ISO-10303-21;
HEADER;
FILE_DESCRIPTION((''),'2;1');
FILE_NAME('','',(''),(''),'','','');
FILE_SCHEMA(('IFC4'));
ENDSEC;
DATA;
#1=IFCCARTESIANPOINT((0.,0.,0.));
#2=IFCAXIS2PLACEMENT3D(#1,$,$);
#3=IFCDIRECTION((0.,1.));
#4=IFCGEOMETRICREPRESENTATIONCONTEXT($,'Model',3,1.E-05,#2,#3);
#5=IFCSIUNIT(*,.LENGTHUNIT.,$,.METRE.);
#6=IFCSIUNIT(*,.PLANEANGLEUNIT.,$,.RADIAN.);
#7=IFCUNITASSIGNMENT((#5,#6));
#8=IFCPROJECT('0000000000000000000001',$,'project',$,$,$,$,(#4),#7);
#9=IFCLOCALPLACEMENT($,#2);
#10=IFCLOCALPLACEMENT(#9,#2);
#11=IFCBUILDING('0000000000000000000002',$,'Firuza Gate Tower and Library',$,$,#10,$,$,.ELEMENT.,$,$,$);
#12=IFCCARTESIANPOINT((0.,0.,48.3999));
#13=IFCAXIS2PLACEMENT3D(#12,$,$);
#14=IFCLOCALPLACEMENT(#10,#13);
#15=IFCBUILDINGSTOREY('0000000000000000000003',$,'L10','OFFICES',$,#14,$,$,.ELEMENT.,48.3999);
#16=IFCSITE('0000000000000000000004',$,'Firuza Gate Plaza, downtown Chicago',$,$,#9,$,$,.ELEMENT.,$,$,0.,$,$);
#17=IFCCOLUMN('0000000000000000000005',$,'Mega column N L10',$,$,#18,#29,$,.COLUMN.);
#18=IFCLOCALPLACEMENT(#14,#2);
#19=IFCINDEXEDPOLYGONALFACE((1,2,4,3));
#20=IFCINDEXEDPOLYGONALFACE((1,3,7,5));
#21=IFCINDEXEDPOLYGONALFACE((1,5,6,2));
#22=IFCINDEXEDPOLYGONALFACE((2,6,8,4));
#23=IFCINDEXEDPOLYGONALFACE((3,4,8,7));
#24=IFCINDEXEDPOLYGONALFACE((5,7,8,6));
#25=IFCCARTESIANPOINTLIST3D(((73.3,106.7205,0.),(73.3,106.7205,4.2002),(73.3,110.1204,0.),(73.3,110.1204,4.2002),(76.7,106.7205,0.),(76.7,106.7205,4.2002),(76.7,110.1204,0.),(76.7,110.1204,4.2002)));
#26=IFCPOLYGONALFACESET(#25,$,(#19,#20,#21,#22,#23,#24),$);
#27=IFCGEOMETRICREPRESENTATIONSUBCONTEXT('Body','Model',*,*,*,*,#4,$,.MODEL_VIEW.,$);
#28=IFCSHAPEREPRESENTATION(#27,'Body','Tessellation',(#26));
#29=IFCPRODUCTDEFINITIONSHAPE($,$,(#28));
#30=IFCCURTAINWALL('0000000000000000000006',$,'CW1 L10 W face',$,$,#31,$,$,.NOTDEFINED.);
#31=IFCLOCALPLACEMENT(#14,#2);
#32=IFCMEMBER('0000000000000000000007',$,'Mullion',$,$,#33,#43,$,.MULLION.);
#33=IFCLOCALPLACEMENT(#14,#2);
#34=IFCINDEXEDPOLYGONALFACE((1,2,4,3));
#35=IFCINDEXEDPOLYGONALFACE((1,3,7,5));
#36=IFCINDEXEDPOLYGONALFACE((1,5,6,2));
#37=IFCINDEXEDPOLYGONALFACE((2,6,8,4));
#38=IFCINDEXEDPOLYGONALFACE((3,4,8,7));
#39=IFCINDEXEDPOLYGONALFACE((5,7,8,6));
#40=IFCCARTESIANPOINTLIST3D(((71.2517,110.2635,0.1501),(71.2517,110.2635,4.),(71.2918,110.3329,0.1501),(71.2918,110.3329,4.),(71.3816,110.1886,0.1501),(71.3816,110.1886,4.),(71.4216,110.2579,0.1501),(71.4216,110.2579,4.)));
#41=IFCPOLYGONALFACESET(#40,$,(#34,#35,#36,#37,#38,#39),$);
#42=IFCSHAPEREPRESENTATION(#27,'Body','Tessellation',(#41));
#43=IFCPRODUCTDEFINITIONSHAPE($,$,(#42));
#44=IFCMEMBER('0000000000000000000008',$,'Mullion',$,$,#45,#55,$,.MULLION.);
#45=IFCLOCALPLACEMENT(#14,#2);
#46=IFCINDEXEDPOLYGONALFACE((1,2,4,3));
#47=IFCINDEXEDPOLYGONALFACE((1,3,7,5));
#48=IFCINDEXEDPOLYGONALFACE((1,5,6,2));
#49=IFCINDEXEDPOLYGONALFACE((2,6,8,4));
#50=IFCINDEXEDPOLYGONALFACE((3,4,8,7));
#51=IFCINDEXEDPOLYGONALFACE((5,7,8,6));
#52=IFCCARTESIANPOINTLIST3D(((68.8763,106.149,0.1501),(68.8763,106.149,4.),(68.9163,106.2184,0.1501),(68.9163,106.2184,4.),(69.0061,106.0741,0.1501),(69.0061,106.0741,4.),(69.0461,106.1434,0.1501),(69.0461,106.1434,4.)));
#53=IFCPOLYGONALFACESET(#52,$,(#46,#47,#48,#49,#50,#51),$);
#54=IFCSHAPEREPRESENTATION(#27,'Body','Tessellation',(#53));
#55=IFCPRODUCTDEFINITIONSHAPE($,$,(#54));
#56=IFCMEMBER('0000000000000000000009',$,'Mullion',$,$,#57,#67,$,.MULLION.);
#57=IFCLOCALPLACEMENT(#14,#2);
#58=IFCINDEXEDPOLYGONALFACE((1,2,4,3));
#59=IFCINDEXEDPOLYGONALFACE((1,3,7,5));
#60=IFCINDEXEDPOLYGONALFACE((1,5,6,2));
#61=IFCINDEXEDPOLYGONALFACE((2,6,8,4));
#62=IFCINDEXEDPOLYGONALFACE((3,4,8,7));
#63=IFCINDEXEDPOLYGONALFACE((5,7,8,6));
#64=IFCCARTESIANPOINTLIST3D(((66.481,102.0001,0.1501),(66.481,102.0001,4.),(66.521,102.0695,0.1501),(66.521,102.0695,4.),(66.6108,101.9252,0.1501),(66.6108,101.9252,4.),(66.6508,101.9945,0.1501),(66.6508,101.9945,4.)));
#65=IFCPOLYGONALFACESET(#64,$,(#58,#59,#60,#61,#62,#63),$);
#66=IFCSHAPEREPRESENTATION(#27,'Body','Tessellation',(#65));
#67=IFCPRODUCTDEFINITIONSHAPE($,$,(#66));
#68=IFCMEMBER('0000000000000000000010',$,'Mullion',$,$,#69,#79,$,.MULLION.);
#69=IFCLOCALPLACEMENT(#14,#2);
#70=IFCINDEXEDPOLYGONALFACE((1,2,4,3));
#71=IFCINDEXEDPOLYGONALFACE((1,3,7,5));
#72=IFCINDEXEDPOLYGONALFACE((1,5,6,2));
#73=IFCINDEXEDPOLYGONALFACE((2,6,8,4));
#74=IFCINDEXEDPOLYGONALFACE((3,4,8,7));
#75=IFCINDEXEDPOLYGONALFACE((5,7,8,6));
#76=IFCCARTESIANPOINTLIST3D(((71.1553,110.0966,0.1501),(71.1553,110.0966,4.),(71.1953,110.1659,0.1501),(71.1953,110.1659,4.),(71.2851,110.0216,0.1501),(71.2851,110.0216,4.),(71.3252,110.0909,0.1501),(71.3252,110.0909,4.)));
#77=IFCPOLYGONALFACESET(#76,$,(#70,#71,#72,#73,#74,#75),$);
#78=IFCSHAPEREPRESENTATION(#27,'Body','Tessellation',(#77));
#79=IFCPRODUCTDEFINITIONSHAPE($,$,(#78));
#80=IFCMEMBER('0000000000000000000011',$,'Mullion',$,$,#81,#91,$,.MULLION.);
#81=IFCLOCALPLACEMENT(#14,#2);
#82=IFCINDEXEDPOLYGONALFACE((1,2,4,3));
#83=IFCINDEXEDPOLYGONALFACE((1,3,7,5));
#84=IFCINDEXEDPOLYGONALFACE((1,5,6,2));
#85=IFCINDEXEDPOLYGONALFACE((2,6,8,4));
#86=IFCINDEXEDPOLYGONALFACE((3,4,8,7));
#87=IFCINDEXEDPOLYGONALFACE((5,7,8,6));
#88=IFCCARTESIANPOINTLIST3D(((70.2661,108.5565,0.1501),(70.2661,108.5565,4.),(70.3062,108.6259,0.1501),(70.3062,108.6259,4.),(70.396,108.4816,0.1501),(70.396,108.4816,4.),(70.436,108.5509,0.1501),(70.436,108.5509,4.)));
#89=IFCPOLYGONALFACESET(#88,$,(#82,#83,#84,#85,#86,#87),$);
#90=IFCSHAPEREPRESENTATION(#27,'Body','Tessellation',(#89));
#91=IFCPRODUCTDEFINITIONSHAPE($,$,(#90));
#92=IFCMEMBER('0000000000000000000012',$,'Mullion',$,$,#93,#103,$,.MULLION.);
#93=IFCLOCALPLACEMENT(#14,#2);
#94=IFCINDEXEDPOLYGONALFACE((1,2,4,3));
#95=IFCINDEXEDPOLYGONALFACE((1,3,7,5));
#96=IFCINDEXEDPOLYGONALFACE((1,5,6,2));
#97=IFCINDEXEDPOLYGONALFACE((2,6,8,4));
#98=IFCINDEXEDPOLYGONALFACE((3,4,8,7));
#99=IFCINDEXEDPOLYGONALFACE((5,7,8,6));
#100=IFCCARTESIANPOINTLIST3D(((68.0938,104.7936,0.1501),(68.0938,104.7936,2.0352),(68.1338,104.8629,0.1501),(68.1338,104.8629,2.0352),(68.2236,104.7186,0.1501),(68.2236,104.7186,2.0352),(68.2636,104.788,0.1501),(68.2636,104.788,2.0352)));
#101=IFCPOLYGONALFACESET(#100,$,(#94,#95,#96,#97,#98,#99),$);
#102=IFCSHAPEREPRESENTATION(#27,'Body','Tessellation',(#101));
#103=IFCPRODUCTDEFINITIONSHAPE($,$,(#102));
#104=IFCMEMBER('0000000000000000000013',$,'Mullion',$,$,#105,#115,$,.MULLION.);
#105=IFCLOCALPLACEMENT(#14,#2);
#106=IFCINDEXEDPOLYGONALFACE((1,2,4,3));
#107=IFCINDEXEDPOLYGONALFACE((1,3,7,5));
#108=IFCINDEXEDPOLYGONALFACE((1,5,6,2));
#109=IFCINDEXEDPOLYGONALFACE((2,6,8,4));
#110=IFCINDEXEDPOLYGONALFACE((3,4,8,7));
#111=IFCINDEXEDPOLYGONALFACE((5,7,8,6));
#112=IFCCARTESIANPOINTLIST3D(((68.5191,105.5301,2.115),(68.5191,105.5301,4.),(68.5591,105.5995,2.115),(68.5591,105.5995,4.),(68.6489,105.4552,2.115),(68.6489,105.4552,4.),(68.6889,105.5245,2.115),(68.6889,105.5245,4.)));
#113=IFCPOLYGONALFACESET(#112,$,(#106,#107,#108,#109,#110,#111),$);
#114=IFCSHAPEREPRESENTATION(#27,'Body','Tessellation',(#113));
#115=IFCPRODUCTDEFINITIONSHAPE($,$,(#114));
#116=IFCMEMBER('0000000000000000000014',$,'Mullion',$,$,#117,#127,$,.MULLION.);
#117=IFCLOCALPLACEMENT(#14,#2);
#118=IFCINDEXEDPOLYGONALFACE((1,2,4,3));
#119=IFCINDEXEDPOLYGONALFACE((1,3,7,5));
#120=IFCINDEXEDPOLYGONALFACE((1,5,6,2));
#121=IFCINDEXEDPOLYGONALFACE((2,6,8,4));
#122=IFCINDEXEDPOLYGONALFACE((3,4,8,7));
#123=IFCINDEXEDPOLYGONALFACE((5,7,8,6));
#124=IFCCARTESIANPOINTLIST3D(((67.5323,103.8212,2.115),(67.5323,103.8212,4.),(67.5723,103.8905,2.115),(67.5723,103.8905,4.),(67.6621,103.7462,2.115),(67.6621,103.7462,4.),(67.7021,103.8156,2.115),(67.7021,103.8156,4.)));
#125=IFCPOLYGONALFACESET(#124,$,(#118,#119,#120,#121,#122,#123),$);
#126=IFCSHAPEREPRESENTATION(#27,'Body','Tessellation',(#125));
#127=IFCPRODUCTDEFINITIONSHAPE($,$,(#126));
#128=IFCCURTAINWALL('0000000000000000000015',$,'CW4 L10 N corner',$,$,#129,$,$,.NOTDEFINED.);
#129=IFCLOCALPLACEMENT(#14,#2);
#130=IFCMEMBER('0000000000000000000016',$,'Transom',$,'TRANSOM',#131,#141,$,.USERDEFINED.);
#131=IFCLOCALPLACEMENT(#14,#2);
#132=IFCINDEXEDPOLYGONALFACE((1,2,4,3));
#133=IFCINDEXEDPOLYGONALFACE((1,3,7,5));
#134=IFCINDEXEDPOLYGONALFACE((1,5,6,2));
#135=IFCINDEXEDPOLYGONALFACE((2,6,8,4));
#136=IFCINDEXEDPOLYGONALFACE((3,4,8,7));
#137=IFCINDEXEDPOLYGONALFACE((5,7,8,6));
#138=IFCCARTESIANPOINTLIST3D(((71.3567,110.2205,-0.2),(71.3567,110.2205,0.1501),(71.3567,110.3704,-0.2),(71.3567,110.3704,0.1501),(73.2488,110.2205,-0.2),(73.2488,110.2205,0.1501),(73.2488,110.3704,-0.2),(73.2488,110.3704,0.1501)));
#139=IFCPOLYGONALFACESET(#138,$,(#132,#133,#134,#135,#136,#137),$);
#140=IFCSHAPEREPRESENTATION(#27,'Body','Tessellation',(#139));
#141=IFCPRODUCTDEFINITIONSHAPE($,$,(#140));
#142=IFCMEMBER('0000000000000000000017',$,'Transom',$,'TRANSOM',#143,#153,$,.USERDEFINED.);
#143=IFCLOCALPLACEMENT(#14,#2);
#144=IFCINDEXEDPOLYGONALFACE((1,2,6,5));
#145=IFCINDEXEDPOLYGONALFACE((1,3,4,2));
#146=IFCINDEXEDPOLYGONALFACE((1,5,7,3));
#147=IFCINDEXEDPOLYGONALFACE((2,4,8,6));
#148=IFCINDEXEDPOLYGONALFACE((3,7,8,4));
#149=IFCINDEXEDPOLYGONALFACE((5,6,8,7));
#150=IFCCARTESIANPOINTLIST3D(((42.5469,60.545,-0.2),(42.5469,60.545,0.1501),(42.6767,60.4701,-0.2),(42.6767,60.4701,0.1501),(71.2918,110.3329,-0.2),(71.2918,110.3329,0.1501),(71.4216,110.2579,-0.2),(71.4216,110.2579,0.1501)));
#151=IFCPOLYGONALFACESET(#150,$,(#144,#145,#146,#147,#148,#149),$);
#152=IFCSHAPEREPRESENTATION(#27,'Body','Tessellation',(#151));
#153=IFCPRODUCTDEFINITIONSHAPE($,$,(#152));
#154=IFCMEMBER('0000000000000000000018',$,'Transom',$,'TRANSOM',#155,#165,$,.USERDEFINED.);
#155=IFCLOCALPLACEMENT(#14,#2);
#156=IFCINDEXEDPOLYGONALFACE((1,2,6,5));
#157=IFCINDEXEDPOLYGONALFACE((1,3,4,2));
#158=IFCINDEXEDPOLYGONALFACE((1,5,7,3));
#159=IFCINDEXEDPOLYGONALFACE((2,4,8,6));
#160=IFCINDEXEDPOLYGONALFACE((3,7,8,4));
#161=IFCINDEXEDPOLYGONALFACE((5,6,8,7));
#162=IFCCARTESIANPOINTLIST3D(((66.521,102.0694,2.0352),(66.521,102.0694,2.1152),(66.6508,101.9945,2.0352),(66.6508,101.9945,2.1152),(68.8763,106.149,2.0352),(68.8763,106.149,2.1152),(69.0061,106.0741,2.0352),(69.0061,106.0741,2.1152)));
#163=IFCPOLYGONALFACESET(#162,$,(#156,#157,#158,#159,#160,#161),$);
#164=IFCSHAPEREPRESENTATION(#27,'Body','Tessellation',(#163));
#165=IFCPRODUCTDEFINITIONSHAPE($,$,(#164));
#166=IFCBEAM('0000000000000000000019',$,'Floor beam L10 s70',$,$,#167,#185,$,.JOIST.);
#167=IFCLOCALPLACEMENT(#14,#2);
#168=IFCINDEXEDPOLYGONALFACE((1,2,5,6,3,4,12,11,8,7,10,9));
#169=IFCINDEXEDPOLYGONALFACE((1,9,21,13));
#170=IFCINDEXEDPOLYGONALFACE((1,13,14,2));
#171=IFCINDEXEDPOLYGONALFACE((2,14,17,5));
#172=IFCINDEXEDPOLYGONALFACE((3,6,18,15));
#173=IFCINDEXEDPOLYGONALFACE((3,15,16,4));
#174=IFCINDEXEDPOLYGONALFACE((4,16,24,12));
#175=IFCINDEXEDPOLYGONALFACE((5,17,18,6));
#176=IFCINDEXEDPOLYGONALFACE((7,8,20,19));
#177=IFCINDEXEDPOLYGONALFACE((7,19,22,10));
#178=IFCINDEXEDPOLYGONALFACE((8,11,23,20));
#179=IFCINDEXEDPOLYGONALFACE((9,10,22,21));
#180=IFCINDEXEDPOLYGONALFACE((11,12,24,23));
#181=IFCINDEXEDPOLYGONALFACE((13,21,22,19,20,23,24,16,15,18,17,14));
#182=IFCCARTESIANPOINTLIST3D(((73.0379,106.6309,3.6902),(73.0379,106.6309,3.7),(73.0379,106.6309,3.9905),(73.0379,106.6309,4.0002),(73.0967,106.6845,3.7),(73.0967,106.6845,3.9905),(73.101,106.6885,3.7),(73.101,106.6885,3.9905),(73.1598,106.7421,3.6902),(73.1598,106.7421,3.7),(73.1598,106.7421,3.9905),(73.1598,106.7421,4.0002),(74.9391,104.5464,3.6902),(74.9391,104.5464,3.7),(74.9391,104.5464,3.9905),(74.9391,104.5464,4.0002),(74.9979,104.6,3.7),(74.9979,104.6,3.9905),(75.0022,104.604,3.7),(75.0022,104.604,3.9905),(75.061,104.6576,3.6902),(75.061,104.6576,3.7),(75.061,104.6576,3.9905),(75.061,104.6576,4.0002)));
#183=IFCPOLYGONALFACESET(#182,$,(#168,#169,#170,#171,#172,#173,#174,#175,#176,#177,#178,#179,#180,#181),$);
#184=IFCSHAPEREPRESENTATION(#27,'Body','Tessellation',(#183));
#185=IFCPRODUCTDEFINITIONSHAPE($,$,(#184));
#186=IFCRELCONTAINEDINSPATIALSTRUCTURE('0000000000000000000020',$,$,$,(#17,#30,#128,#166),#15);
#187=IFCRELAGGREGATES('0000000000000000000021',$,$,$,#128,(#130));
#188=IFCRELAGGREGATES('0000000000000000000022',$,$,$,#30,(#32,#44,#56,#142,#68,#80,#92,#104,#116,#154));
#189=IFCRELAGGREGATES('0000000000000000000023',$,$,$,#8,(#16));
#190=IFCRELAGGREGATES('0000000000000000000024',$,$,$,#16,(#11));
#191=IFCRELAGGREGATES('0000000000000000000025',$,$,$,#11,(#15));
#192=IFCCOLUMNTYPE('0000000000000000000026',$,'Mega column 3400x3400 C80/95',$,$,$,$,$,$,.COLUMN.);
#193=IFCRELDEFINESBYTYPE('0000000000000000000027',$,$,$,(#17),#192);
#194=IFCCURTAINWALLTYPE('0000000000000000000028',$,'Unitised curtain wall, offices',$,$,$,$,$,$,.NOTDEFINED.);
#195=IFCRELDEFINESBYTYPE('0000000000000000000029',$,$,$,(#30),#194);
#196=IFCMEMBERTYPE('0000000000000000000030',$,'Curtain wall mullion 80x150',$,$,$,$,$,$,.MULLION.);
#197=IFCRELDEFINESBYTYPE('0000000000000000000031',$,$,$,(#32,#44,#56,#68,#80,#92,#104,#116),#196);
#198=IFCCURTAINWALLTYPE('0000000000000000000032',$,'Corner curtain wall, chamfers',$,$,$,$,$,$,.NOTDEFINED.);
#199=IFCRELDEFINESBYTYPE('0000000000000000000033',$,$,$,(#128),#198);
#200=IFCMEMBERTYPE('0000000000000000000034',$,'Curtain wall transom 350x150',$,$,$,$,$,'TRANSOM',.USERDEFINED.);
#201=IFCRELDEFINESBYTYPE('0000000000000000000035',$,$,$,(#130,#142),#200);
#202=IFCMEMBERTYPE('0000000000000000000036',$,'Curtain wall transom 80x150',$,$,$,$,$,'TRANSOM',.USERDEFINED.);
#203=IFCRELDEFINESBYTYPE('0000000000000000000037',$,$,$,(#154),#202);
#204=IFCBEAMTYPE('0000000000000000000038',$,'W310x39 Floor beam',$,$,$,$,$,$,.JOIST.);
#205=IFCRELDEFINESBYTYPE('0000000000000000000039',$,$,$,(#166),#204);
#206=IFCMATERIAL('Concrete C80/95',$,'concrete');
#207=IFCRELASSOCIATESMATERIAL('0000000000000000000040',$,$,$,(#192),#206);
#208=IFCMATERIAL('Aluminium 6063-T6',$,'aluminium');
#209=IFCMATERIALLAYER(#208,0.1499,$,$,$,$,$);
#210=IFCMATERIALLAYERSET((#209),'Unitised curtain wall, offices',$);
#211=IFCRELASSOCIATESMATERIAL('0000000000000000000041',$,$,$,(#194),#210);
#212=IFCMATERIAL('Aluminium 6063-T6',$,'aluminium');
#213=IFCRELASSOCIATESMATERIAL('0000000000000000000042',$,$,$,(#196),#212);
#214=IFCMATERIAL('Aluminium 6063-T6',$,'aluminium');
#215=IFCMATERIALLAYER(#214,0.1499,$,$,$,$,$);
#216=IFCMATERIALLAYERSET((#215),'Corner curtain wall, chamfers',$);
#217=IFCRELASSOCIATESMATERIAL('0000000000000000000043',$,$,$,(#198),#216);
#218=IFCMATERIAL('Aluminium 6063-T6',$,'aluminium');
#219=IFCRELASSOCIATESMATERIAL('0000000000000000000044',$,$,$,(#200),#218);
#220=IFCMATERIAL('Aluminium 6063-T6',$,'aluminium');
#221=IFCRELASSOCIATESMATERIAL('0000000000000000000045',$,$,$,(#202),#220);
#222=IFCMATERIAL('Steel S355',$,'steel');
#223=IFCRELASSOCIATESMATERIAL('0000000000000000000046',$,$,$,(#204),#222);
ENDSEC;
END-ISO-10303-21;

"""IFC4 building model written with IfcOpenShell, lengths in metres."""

from ifc_helpers import new_model, si_unit, direction, frame, origin, origin_2d, place, context, subcontext, project, spatial, rectangle, i_section, extrude, material, layer, layer_set, material_profile, profile_set, type_object, element, aggregate, save


model = new_model("IFC4")

# Units and contexts
model_context = context("Model", 3, precision=1e-05, world=origin(), true_north=direction((0.0, 1.0)))
body_context = subcontext(model_context, "Body", "Model", "MODEL_VIEW")
ifc_project = project(units=[si_unit("LENGTHUNIT", "METRE"), si_unit("PLANEANGLEUNIT", "RADIAN")], contexts=[model_context])

# Site, building, storey
site_placement = place(None, origin())
site = spatial("IfcSite", under=ifc_project, at=site_placement, Name="Firuza Gate Plaza, downtown Chicago", CompositionType="ELEMENT", RefElevation=0.0)
building_placement = place(site_placement, origin())
building = spatial("IfcBuilding", under=site, at=building_placement, Name="Firuza Gate Tower and Library", CompositionType="ELEMENT")
storey_placement = place(building_placement, frame((0.0, 0.0, 48.3999)))
storey = spatial("IfcBuildingStorey", under=building, at=storey_placement, Name="L10", Description="OFFICES", CompositionType="ELEMENT", Elevation=48.3999)

# Column
ifc_material_1 = material(Name="Concrete C80/95", Category="concrete")
ifc_material_profile_1 = material_profile(ifc_material_1, rectangle(XDim=3.3999, YDim=3.3999, at=origin_2d()))
ifc_profile_set_1 = profile_set([ifc_material_profile_1], Name="Concrete C80/95")
column_type = type_object("IfcColumnType", Name="Mega column 3400x3400 C80/95", PredefinedType="COLUMN", material=ifc_profile_set_1)
column_placement = place(storey_placement, frame((75.0, 108.4204, 0.0), z_axis=(0.0, 0.0, 1.0), x_axis=(-1.0, 0.0, 0.0)))
element("IfcColumn", 1, at=column_placement, inside=storey, type_object=column_type, Name="Mega column N L10", PredefinedType="COLUMN", context=body_context, shape_type="SweptSolid", body=[
    extrude(rectangle(XDim=3.3999, YDim=3.3999, at=origin_2d()), origin(), (0.0, 0.0, 1.0), 4.2002),
])

# Curtain wall, members
ifc_material_2 = material(Name="Aluminium 6063-T6", Category="aluminium")
ifc_layer_1 = layer(ifc_material_2, 0.1499)
ifc_layer_set_1 = layer_set([ifc_layer_1], Name="Unitised curtain wall, offices")
curtain_wall_type_1 = type_object("IfcCurtainWallType", Name="Unitised curtain wall, offices", PredefinedType="NOTDEFINED", material=ifc_layer_set_1)
placement = place(storey_placement, origin())
curtain_wall_1 = element("IfcCurtainWall", 2, at=placement, inside=storey, type_object=curtain_wall_type_1, Name="CW1 L10 W face", PredefinedType="NOTDEFINED")
ifc_material_3 = material(Name="Aluminium 6063-T6", Category="aluminium")
ifc_material_profile_2 = material_profile(ifc_material_3, rectangle(XDim=0.1499, YDim=0.0801, at=origin_2d()))
ifc_profile_set_2 = profile_set([ifc_material_profile_2], Name="Aluminium 6063-T6")
member_type_1 = type_object("IfcMemberType", Name="Curtain wall mullion 80x150", PredefinedType="MULLION", material=ifc_profile_set_2)
member_1_placement = place(storey_placement, frame((71.3367, 110.2607, 0.1501), z_axis=(0.0, 0.0, 1.0), x_axis=(0.866025, -0.5, 0.0)))
member_1 = element("IfcMember", 3, at=member_1_placement, type_object=member_type_1, Name="Mullion", PredefinedType="MULLION", context=body_context, shape_type="SweptSolid", body=[
    extrude(rectangle(XDim=0.1499, YDim=0.0801, at=origin_2d()), origin(), (0.0, 0.0, 1.0), 3.8499),
])
member_2_placement = place(storey_placement, frame((68.9612, 106.1462, 0.1501), z_axis=(0.0, 0.0, 1.0), x_axis=(0.866025, -0.5, 0.0)))
member_2 = element("IfcMember", 4, at=member_2_placement, type_object=member_type_1, Name="Mullion", PredefinedType="MULLION", context=body_context, shape_type="SweptSolid", body=[
    extrude(rectangle(XDim=0.1499, YDim=0.0801, at=origin_2d()), origin(), (0.0, 0.0, 1.0), 3.8499),
])
member_3_placement = place(storey_placement, frame((66.5659, 101.9973, 0.1501), z_axis=(0.0, 0.0, 1.0), x_axis=(0.866025, -0.5, 0.0)))
member_3 = element("IfcMember", 5, at=member_3_placement, type_object=member_type_1, Name="Mullion", PredefinedType="MULLION", context=body_context, shape_type="SweptSolid", body=[
    extrude(rectangle(XDim=0.1499, YDim=0.0801, at=origin_2d()), origin(), (0.0, 0.0, 1.0), 3.8499),
])
member_4_placement = place(storey_placement, frame((71.2402, 110.0938, 0.1501), z_axis=(0.0, 0.0, 1.0), x_axis=(0.866025, -0.5, 0.0)))
member_4 = element("IfcMember", 6, at=member_4_placement, type_object=member_type_1, Name="Mullion", PredefinedType="MULLION", context=body_context, shape_type="SweptSolid", body=[
    extrude(rectangle(XDim=0.1499, YDim=0.0801, at=origin_2d()), origin(), (0.0, 0.0, 1.0), 3.8499),
])
member_5_placement = place(storey_placement, frame((70.3511, 108.5537, 0.1501), z_axis=(0.0, 0.0, 1.0), x_axis=(0.866025, -0.5, 0.0)))
member_5 = element("IfcMember", 7, at=member_5_placement, type_object=member_type_1, Name="Mullion", PredefinedType="MULLION", context=body_context, shape_type="SweptSolid", body=[
    extrude(rectangle(XDim=0.1499, YDim=0.0801, at=origin_2d()), origin(), (0.0, 0.0, 1.0), 3.8499),
])
member_6_placement = place(storey_placement, frame((68.1787, 104.7908, 0.1501), z_axis=(0.0, 0.0, 1.0), x_axis=(0.866025, -0.5, 0.0)))
member_6 = element("IfcMember", 8, at=member_6_placement, type_object=member_type_1, Name="Mullion", PredefinedType="MULLION", context=body_context, shape_type="SweptSolid", body=[
    extrude(rectangle(XDim=0.1499, YDim=0.0801, at=origin_2d()), origin(), (0.0, 0.0, 1.0), 1.885),
])
member_7_placement = place(storey_placement, frame((68.604, 105.5273, 2.115), z_axis=(0.0, 0.0, 1.0), x_axis=(0.866025, -0.5, 0.0)))
member_7 = element("IfcMember", 9, at=member_7_placement, type_object=member_type_1, Name="Mullion", PredefinedType="MULLION", context=body_context, shape_type="SweptSolid", body=[
    extrude(rectangle(XDim=0.1499, YDim=0.0801, at=origin_2d()), origin(), (0.0, 0.0, 1.0), 1.885),
])
member_8_placement = place(storey_placement, frame((67.6172, 103.8184, 2.115), z_axis=(0.0, 0.0, 1.0), x_axis=(0.866025, -0.5, 0.0)))
member_8 = element("IfcMember", 10, at=member_8_placement, type_object=member_type_1, Name="Mullion", PredefinedType="MULLION", context=body_context, shape_type="SweptSolid", body=[
    extrude(rectangle(XDim=0.1499, YDim=0.0801, at=origin_2d()), origin(), (0.0, 0.0, 1.0), 1.885),
])

# Curtain wall, member
ifc_material_4 = material(Name="Aluminium 6063-T6", Category="aluminium")
ifc_layer_2 = layer(ifc_material_4, 0.1499)
ifc_layer_set_2 = layer_set([ifc_layer_2], Name="Corner curtain wall, chamfers")
curtain_wall_type_2 = type_object("IfcCurtainWallType", Name="Corner curtain wall, chamfers", PredefinedType="NOTDEFINED", material=ifc_layer_set_2)
curtain_wall_2 = element("IfcCurtainWall", 11, at=placement, inside=storey, type_object=curtain_wall_type_2, Name="CW4 L10 N corner", PredefinedType="NOTDEFINED")
ifc_material_5 = material(Name="Aluminium 6063-T6", Category="aluminium")
ifc_material_profile_3 = material_profile(ifc_material_5, rectangle(XDim=0.1499, YDim=0.3501, at=origin_2d()))
ifc_profile_set_3 = profile_set([ifc_material_profile_3], Name="Aluminium 6063-T6")
member_type_2 = type_object("IfcMemberType", Name="Curtain wall transom 350x150", ElementType="TRANSOM", PredefinedType="USERDEFINED", material=ifc_profile_set_3)
member_9_placement = place(storey_placement, frame((73.2488, 110.2954, -0.0249), z_axis=(-1.0, 0.0, 0.0), x_axis=(0.0, -1.0, 0.0)))
member_9 = element("IfcMember", 12, at=member_9_placement, type_object=member_type_2, Name="Transom", ObjectType="TRANSOM", PredefinedType="USERDEFINED", context=body_context, shape_type="SweptSolid", body=[
    extrude(rectangle(XDim=0.1499, YDim=0.3501, at=origin_2d()), origin(), (0.0, 0.0, 1.0), 1.8921),
])

# Members
member_10_placement = place(storey_placement, frame((71.3567, 110.2954, -0.0249), z_axis=(-0.499998, -0.866027, 0.0), x_axis=(0.866027, -0.499998, 0.0)))
member_10 = element("IfcMember", 13, at=member_10_placement, type_object=member_type_2, Name="Transom", ObjectType="TRANSOM", PredefinedType="USERDEFINED", context=body_context, shape_type="SweptSolid", body=[
    extrude(rectangle(XDim=0.1499, YDim=0.3501, at=origin_2d()), origin(), (0.0, 0.0, 1.0), 57.49),
])
ifc_material_6 = material(Name="Aluminium 6063-T6", Category="aluminium")
ifc_material_profile_4 = material_profile(ifc_material_6, rectangle(XDim=0.1499, YDim=0.0801, at=origin_2d()))
ifc_profile_set_4 = profile_set([ifc_material_profile_4], Name="Aluminium 6063-T6")
member_type_3 = type_object("IfcMemberType", Name="Curtain wall transom 80x150", ElementType="TRANSOM", PredefinedType="USERDEFINED", material=ifc_profile_set_4)
member_11_placement = place(storey_placement, frame((68.9412, 106.1116, 2.0752), z_axis=(-0.49998, -0.866037, 0.0), x_axis=(0.866037, -0.49998, 0.0)))
member_11 = element("IfcMember", 14, at=member_11_placement, type_object=member_type_3, Name="Transom", ObjectType="TRANSOM", PredefinedType="USERDEFINED", context=body_context, shape_type="SweptSolid", body=[
    extrude(rectangle(XDim=0.1499, YDim=0.0801, at=origin_2d()), origin(), (0.0, 0.0, 1.0), 4.7107),
])

# Beam
ifc_material_7 = material(Name="Steel S355", Category="steel")
ifc_material_profile_5 = material_profile(ifc_material_7, i_section(OverallWidth=0.165, OverallDepth=0.3101, WebThickness=0.0059, FlangeThickness=0.0098, at=origin_2d()))
ifc_profile_set_5 = profile_set([ifc_material_profile_5], Name="Steel S355")
beam_type_1 = type_object("IfcBeamType", Name="W310x39 Floor beam", PredefinedType="JOIST", material=ifc_profile_set_5)
beam_1_placement = place(storey_placement, frame((73.0989, 106.6865, 3.8452), z_axis=(0.673865, -0.738854, 0.0), x_axis=(0.738854, 0.673865, 0.0)))
element("IfcBeam", 15, at=beam_1_placement, inside=storey, type_object=beam_type_1, Name="Floor beam L10 s70", PredefinedType="JOIST", context=body_context, shape_type="SweptSolid", body=[
    extrude(i_section(OverallWidth=0.165, OverallDepth=0.3101, WebThickness=0.0059, FlangeThickness=0.0098, at=origin_2d()), origin(), (0.0, 0.0, 1.0), 2.8213),
])

aggregate(curtain_wall_2, [member_9])
aggregate(curtain_wall_1, [member_1, member_2, member_3, member_10, member_4, member_5, member_6, member_7, member_8, member_11])

save(model, "model.ifc")
